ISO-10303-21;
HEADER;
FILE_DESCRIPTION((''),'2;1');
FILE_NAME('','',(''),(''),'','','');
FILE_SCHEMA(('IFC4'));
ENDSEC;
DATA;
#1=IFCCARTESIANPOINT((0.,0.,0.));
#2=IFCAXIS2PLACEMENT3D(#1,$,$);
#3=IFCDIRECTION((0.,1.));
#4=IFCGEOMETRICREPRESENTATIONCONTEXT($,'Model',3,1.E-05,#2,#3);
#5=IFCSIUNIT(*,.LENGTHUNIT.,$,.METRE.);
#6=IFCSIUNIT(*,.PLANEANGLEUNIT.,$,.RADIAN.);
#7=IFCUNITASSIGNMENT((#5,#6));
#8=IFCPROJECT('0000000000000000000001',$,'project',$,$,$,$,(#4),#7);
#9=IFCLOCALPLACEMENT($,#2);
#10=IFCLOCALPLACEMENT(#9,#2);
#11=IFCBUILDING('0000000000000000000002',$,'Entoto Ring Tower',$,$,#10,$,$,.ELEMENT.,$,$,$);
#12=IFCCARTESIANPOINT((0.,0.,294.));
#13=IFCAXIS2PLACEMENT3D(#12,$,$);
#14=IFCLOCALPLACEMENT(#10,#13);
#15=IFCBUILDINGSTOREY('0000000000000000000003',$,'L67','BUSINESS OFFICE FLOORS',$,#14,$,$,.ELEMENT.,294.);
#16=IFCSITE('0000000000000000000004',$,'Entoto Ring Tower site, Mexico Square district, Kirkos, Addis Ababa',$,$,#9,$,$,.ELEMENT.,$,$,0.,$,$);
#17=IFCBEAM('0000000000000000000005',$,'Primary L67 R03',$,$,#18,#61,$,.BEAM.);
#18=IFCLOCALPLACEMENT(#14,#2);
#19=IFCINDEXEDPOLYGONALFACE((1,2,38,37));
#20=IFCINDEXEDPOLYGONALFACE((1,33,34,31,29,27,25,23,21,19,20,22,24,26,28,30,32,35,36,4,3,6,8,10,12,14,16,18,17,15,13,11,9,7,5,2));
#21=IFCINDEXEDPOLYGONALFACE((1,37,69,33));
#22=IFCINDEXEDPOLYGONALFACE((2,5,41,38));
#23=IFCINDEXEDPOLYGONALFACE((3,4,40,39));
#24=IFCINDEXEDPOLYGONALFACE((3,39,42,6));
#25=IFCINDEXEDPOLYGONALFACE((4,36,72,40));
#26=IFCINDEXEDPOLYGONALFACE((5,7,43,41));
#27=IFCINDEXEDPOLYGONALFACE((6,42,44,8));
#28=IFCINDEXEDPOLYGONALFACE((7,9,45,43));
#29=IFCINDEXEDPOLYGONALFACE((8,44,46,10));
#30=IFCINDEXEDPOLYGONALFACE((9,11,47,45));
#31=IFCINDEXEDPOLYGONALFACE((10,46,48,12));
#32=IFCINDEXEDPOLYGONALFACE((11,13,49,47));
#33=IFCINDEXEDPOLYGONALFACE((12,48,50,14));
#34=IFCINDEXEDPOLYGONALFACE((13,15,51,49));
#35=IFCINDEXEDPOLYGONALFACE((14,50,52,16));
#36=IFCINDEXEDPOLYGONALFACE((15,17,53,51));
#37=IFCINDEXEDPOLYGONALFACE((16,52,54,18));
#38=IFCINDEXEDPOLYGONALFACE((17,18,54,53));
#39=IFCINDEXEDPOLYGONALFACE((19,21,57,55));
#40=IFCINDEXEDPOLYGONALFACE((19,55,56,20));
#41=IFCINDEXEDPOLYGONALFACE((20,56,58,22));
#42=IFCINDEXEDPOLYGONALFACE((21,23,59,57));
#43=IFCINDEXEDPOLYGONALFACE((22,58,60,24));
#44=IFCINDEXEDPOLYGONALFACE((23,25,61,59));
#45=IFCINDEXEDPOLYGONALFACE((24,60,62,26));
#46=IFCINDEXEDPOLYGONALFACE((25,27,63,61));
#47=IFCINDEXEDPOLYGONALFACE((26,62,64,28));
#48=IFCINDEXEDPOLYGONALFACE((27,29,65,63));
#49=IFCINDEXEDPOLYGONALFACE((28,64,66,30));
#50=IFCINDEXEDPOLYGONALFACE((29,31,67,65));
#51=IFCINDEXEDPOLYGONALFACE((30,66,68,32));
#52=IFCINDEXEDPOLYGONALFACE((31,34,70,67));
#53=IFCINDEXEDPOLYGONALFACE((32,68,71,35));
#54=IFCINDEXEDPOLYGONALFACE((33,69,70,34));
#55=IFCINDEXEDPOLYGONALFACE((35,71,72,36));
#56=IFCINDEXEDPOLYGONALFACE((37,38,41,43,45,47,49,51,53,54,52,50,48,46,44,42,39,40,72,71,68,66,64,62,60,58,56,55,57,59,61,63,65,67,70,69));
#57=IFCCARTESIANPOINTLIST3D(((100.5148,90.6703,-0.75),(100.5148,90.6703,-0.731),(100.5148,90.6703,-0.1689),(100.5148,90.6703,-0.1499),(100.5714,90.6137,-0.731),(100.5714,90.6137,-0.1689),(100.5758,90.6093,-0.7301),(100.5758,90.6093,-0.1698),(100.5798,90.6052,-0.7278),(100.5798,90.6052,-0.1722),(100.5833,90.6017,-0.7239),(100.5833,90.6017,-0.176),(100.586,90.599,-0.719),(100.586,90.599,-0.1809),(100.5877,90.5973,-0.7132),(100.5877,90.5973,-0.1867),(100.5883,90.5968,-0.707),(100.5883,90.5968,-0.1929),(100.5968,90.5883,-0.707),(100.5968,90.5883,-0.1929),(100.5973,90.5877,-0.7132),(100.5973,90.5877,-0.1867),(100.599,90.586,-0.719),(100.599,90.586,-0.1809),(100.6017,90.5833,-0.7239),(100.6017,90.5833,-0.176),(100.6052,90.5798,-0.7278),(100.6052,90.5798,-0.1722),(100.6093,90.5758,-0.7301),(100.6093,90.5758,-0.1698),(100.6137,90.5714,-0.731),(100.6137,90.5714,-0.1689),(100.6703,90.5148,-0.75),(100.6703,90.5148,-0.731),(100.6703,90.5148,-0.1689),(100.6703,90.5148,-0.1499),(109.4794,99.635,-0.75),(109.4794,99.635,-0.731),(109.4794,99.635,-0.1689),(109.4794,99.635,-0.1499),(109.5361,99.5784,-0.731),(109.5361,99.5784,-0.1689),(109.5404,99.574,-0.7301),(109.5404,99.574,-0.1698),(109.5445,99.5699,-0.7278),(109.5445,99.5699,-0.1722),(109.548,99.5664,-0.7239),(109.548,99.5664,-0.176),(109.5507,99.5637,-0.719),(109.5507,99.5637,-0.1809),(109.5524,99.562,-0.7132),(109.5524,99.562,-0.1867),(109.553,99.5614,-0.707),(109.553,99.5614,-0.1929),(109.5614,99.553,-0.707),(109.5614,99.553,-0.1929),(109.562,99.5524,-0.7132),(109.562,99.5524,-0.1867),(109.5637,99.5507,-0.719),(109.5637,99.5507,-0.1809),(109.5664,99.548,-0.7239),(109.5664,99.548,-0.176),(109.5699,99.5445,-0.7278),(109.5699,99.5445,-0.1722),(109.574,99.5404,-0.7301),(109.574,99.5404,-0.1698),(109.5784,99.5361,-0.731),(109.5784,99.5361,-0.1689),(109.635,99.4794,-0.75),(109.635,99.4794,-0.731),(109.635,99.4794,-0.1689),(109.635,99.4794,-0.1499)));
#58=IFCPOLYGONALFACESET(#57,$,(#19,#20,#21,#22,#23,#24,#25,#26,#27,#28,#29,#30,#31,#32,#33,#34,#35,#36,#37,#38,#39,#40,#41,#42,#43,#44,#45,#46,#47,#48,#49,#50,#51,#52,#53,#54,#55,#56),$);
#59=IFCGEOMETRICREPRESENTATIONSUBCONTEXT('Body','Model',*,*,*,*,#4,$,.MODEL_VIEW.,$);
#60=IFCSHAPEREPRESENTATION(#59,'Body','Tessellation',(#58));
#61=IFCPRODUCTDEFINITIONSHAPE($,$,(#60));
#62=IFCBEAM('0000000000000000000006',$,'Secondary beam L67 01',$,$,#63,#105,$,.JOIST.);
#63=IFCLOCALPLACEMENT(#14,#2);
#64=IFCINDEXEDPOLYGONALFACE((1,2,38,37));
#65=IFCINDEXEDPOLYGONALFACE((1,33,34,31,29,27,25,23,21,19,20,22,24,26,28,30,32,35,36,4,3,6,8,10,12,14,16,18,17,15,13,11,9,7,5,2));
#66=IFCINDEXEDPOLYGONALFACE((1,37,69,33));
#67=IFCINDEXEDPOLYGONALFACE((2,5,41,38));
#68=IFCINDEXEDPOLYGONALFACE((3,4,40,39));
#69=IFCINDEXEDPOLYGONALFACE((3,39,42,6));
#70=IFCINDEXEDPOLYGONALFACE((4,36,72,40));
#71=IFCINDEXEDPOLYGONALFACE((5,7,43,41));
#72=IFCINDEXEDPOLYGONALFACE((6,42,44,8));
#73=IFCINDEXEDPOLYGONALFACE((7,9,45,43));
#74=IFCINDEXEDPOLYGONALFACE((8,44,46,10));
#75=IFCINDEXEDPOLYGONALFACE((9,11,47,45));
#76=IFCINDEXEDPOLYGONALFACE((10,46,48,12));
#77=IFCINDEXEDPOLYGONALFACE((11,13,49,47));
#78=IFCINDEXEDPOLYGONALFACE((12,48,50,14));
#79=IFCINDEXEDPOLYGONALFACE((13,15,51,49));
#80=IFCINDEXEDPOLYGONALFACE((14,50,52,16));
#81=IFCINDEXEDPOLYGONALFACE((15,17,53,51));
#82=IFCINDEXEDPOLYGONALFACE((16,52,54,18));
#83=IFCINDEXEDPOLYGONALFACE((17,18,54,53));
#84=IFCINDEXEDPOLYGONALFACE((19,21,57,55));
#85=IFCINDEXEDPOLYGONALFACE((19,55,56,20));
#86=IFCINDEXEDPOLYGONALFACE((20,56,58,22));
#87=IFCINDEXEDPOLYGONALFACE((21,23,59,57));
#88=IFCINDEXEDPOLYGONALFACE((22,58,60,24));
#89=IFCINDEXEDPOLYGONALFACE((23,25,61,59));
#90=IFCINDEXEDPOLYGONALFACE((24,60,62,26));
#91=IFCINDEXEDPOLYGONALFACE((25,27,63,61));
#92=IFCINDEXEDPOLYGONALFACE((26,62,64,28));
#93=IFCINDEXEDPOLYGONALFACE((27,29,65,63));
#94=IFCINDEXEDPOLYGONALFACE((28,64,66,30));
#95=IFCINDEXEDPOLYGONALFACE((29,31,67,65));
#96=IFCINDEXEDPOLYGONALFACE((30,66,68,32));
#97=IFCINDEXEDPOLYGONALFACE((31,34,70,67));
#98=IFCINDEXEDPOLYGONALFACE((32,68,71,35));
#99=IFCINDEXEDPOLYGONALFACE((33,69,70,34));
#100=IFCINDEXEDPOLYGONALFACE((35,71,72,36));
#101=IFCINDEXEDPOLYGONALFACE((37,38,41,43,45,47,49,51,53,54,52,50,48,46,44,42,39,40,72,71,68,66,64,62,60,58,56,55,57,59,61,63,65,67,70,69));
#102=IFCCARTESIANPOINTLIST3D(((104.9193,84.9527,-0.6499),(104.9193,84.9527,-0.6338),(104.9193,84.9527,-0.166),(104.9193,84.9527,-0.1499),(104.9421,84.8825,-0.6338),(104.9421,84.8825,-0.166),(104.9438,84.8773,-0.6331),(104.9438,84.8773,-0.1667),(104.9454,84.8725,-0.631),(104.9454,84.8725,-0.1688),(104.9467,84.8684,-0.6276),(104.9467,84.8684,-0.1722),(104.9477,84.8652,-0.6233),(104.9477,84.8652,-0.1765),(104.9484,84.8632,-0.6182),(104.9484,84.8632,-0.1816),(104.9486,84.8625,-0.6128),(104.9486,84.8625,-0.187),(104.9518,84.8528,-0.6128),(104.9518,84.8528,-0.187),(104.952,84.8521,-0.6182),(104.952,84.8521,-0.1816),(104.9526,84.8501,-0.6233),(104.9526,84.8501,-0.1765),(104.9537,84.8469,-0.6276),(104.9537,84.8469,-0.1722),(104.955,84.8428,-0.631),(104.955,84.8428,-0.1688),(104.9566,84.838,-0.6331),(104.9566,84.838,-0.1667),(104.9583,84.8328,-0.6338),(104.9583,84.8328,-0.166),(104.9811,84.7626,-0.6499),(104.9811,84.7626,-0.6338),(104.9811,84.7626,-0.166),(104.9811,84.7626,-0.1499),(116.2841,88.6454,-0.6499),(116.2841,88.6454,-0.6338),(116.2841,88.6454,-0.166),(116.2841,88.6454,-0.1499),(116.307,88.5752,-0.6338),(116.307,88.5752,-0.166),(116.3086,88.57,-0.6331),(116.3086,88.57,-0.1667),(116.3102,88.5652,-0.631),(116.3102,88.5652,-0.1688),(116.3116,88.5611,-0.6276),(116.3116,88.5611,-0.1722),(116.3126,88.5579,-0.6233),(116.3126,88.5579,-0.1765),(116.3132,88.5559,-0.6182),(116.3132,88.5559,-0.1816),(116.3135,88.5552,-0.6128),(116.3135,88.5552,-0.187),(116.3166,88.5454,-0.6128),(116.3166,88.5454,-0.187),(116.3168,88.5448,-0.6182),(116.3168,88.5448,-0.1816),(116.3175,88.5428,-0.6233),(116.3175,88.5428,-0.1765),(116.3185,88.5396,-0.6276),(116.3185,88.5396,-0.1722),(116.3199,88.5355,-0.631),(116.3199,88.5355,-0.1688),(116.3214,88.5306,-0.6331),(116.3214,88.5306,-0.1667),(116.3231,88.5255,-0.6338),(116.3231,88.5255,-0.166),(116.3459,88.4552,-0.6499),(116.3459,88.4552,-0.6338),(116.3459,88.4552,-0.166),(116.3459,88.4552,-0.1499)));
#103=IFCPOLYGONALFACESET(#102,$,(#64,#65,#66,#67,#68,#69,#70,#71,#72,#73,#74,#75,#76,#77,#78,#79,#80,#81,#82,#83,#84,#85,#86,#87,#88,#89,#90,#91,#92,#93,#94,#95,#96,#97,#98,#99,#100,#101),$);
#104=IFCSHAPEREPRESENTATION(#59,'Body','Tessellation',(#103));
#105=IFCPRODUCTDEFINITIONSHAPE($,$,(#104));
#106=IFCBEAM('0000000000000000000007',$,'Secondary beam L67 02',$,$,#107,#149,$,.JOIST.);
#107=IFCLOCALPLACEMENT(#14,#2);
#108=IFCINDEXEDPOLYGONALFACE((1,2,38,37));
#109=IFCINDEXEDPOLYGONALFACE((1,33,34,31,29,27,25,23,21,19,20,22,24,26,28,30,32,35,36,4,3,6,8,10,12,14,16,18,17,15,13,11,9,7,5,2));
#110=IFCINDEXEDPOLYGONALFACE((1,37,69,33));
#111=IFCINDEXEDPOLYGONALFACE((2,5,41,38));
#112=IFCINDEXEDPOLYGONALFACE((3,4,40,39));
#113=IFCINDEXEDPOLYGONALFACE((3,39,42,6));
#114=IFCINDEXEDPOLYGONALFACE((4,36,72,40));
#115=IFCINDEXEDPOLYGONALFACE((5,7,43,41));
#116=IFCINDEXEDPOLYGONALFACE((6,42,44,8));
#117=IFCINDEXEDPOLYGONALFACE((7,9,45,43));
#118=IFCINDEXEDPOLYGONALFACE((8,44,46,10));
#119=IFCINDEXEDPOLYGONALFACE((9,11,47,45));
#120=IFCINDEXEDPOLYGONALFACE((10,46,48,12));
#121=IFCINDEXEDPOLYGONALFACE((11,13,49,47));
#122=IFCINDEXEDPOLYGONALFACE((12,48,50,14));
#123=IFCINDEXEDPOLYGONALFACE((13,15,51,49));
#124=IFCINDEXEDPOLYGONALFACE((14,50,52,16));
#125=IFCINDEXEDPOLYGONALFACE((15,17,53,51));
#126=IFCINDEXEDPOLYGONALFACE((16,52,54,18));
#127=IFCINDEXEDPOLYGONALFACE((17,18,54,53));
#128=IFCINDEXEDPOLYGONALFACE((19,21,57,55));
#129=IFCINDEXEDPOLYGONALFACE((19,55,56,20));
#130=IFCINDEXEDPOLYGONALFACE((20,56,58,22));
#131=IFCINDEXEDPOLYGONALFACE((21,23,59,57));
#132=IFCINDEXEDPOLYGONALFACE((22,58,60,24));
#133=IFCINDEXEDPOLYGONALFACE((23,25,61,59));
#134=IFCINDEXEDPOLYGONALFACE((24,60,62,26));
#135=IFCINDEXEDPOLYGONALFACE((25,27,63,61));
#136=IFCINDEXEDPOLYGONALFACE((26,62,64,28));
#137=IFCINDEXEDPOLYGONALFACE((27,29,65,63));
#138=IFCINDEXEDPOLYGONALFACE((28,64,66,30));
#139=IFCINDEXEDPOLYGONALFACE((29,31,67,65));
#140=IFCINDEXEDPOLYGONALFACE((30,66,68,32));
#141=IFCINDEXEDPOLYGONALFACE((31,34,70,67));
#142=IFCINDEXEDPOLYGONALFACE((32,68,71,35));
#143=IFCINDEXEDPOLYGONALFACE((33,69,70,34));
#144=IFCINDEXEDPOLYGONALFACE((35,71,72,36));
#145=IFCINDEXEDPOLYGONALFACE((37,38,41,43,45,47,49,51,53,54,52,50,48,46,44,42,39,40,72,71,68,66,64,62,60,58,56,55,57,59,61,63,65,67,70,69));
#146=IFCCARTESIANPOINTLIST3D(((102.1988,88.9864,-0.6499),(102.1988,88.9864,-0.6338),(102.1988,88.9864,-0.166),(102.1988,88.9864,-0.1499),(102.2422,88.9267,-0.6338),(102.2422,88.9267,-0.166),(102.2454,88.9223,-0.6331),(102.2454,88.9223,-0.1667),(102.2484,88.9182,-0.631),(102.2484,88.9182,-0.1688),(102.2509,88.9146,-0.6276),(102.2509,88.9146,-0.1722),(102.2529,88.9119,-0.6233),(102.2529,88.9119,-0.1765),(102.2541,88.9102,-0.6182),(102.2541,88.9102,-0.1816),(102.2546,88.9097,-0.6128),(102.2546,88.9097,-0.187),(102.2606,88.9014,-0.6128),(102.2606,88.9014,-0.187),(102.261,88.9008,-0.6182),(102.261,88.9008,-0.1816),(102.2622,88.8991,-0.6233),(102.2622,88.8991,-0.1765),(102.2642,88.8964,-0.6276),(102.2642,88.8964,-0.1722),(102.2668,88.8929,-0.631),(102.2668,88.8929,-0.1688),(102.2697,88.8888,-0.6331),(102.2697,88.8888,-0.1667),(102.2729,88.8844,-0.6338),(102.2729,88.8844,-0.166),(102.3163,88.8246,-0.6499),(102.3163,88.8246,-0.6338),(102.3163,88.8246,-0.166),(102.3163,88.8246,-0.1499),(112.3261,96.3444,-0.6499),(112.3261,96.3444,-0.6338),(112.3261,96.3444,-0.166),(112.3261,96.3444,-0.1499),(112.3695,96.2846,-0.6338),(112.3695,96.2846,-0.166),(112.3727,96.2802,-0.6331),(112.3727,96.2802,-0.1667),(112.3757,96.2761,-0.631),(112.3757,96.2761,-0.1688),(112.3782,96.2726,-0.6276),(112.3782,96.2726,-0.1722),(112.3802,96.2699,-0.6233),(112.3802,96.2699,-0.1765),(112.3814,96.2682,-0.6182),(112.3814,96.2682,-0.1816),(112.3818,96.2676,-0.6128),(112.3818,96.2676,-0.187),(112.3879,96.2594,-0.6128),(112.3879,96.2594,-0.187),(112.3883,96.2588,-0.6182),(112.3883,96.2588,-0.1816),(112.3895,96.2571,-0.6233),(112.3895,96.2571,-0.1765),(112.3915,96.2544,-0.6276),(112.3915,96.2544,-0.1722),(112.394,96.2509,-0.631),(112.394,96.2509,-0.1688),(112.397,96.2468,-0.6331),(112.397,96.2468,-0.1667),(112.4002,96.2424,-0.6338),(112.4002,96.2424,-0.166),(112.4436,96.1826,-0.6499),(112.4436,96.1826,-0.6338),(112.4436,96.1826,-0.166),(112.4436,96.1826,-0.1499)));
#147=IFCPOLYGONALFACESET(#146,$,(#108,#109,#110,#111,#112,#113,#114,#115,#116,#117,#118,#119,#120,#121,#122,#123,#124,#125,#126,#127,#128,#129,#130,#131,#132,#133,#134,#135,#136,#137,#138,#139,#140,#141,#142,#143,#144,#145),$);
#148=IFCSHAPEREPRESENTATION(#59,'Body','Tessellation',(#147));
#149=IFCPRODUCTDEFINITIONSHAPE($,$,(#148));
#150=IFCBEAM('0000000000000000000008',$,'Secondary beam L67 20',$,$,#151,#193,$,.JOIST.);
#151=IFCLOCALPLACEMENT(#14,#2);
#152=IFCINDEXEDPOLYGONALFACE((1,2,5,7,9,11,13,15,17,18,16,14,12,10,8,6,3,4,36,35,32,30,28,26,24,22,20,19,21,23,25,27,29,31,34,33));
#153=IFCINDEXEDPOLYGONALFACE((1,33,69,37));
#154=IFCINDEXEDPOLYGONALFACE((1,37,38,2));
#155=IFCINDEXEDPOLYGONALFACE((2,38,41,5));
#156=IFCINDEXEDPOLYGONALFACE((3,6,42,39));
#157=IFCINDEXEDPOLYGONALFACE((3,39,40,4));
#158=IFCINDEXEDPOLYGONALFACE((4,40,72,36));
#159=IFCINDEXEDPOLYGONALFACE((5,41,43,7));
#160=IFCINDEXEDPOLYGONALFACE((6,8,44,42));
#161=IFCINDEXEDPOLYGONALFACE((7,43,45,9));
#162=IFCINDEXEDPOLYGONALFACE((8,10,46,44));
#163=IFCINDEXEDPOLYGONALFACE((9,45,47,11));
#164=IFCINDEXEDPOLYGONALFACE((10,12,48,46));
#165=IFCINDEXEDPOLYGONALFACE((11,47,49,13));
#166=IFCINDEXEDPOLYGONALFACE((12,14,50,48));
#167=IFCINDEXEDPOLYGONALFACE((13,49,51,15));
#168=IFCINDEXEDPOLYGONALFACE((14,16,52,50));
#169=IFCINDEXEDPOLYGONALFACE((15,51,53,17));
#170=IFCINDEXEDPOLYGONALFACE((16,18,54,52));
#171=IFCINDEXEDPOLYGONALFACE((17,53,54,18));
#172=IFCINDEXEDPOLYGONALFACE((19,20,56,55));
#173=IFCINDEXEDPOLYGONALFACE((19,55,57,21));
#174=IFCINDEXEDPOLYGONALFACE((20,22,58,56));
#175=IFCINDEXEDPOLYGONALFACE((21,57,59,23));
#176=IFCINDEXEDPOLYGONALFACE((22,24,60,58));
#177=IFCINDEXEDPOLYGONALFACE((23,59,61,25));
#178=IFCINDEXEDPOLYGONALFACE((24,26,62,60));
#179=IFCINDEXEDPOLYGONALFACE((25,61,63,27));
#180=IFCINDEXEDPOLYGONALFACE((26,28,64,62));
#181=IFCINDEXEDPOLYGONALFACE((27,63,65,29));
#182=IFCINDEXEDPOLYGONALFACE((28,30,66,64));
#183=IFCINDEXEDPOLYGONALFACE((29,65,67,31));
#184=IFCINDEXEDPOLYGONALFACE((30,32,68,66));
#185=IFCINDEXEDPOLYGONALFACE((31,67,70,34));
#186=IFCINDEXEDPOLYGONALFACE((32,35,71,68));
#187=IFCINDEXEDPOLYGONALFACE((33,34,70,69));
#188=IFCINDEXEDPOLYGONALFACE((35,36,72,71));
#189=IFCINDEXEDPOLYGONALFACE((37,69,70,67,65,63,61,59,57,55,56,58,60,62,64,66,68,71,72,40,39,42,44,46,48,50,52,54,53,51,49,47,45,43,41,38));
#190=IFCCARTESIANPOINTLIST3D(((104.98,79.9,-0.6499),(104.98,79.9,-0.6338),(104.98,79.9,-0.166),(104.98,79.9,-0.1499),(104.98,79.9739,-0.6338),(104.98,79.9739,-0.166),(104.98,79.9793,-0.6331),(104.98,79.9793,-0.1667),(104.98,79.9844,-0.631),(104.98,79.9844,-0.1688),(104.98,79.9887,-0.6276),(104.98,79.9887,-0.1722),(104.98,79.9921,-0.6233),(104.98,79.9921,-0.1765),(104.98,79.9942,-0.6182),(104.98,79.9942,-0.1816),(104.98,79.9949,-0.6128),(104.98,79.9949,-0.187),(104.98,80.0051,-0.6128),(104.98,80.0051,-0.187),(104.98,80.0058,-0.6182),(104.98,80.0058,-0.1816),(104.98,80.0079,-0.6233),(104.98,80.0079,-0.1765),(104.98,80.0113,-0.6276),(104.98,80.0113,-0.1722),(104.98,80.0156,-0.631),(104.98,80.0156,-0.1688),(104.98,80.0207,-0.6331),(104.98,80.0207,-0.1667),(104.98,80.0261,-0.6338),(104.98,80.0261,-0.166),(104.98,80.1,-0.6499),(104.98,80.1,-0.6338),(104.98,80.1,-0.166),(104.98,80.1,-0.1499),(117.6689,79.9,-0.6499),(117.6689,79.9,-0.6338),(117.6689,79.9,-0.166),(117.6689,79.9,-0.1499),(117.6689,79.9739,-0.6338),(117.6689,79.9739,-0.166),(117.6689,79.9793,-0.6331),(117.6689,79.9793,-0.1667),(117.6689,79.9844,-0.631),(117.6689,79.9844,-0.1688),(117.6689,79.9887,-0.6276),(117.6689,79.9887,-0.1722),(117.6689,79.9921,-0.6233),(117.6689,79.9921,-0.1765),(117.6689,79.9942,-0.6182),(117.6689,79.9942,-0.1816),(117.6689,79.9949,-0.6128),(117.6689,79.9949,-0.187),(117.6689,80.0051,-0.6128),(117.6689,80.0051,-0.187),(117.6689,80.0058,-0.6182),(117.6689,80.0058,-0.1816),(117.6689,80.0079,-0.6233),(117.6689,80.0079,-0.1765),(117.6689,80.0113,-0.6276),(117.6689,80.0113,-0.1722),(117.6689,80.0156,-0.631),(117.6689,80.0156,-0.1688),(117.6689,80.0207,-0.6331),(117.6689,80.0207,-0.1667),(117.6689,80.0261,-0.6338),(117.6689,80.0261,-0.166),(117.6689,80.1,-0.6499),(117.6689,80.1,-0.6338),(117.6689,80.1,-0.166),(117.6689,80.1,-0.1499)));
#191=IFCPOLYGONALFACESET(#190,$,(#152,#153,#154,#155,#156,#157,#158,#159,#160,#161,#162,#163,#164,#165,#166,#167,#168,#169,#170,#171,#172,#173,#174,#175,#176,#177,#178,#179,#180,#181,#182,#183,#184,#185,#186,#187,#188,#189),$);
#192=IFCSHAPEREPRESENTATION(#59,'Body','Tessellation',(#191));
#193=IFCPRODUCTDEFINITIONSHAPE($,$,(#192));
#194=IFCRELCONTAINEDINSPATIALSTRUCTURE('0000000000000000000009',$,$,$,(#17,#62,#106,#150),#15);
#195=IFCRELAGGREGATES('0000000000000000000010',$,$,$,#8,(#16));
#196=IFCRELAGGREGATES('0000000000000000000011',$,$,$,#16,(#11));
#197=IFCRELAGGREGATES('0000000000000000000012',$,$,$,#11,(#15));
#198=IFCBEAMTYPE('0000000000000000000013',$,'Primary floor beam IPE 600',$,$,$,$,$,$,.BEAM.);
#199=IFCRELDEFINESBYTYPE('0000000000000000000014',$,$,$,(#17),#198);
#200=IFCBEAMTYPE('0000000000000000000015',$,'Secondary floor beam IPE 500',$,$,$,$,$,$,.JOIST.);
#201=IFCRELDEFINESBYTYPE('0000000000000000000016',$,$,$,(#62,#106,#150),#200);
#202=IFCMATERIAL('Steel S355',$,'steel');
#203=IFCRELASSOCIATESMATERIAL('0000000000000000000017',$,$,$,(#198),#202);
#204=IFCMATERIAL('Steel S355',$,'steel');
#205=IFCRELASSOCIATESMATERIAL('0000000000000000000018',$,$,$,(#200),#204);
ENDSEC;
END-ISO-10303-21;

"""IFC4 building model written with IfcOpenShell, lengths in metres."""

from ifc_helpers import new_model, si_unit, direction, frame, origin, origin_2d, place, context, subcontext, project, spatial, i_section, extrude, material, material_profile, profile_set, type_object, element, save


model = new_model("IFC4")

# Units and contexts
model_context = context("Model", 3, precision=1e-05, world=origin(), true_north=direction((0.0, 1.0)))
body_context = subcontext(model_context, "Body", "Model", "MODEL_VIEW")
ifc_project = project(units=[si_unit("LENGTHUNIT", "METRE"), si_unit("PLANEANGLEUNIT", "RADIAN")], contexts=[model_context])

# Site, building, storey
site_placement = place(None, origin())
site = spatial("IfcSite", under=ifc_project, at=site_placement, Name="Entoto Ring Tower site, Mexico Square district, Kirkos, Addis Ababa", CompositionType="ELEMENT", RefElevation=0.0)
building_placement = place(site_placement, origin())
building = spatial("IfcBuilding", under=site, at=building_placement, Name="Entoto Ring Tower", CompositionType="ELEMENT")
storey_placement = place(building_placement, frame((0.0, 0.0, 294.0)))
storey = spatial("IfcBuildingStorey", under=building, at=storey_placement, Name="L67", Description="BUSINESS OFFICE FLOORS", CompositionType="ELEMENT", Elevation=294.0)

# Beams
ifc_material_1 = material(Name="Steel S355", Category="steel")
ifc_material_profile_1 = material_profile(ifc_material_1, i_section(OverallWidth=0.22, OverallDepth=0.6001, WebThickness=0.012, FlangeThickness=0.019, FilletRadius=0.0239, at=origin_2d()), Name="IPE 600")
ifc_profile_set_1 = profile_set([ifc_material_profile_1], Name="Steel S355")
beam_type_1 = type_object("IfcBeamType", Name="Primary floor beam IPE 600", PredefinedType="BEAM", material=ifc_profile_set_1)
beam_1_placement = place(storey_placement, frame((100.5925, 90.5925, -0.45), z_axis=(0.707107, 0.707107, 0.0), x_axis=(-0.707107, 0.707107, 0.0)))
element("IfcBeam", 1, at=beam_1_placement, inside=storey, type_object=beam_type_1, Name="Primary L67 R03", PredefinedType="BEAM", context=body_context, shape_type="SweptSolid", body=[
    extrude(i_section(OverallWidth=0.22, OverallDepth=0.6001, WebThickness=0.012, FlangeThickness=0.019, FilletRadius=0.0239, at=origin_2d()), origin(), (0.0, 0.0, 1.0), 12.678),
])
ifc_material_2 = material(Name="Steel S355", Category="steel")
ifc_material_profile_2 = material_profile(ifc_material_2, i_section(OverallWidth=0.2, OverallDepth=0.5, WebThickness=0.0103, FlangeThickness=0.0161, FilletRadius=0.021, at=origin_2d()), Name="IPE 500")
ifc_profile_set_2 = profile_set([ifc_material_profile_2], Name="Steel S355")
beam_type_2 = type_object("IfcBeamType", Name="Secondary floor beam IPE 500", PredefinedType="JOIST", material=ifc_profile_set_2)
beam_2_placement = place(storey_placement, frame((104.9502, 84.8577, -0.3999), z_axis=(0.951057, 0.309017, 0.0), x_axis=(-0.309017, 0.951057, 0.0)))
element("IfcBeam", 2, at=beam_2_placement, inside=storey, type_object=beam_type_2, Name="Secondary beam L67 01", PredefinedType="JOIST", context=body_context, shape_type="SweptSolid", body=[
    extrude(i_section(OverallWidth=0.2, OverallDepth=0.5, WebThickness=0.0103, FlangeThickness=0.0161, FilletRadius=0.021, at=origin_2d()), origin(), (0.0, 0.0, 1.0), 11.9497),
])
beam_3_placement = place(storey_placement, frame((102.2576, 88.9055, -0.3999), z_axis=(0.809014, 0.587789, 0.0), x_axis=(-0.587789, 0.809014, 0.0)))
element("IfcBeam", 3, at=beam_3_placement, inside=storey, type_object=beam_type_2, Name="Secondary beam L67 02", PredefinedType="JOIST", context=body_context, shape_type="SweptSolid", body=[
    extrude(i_section(OverallWidth=0.2, OverallDepth=0.5, WebThickness=0.0103, FlangeThickness=0.0161, FilletRadius=0.021, at=origin_2d()), origin(), (0.0, 0.0, 1.0), 12.5181),
])
beam_4_placement = place(storey_placement, frame((104.98, 80.0, -0.3999), z_axis=(1.0, 0.0, 0.0), x_axis=(0.0, 1.0, 0.0)))
element("IfcBeam", 4, at=beam_4_placement, inside=storey, type_object=beam_type_2, Name="Secondary beam L67 20", PredefinedType="JOIST", context=body_context, shape_type="SweptSolid", body=[
    extrude(i_section(OverallWidth=0.2, OverallDepth=0.5, WebThickness=0.0103, FlangeThickness=0.0161, FilletRadius=0.021, at=origin_2d()), origin(), (0.0, 0.0, 1.0), 12.689),
])

save(model, "model.ifc")
